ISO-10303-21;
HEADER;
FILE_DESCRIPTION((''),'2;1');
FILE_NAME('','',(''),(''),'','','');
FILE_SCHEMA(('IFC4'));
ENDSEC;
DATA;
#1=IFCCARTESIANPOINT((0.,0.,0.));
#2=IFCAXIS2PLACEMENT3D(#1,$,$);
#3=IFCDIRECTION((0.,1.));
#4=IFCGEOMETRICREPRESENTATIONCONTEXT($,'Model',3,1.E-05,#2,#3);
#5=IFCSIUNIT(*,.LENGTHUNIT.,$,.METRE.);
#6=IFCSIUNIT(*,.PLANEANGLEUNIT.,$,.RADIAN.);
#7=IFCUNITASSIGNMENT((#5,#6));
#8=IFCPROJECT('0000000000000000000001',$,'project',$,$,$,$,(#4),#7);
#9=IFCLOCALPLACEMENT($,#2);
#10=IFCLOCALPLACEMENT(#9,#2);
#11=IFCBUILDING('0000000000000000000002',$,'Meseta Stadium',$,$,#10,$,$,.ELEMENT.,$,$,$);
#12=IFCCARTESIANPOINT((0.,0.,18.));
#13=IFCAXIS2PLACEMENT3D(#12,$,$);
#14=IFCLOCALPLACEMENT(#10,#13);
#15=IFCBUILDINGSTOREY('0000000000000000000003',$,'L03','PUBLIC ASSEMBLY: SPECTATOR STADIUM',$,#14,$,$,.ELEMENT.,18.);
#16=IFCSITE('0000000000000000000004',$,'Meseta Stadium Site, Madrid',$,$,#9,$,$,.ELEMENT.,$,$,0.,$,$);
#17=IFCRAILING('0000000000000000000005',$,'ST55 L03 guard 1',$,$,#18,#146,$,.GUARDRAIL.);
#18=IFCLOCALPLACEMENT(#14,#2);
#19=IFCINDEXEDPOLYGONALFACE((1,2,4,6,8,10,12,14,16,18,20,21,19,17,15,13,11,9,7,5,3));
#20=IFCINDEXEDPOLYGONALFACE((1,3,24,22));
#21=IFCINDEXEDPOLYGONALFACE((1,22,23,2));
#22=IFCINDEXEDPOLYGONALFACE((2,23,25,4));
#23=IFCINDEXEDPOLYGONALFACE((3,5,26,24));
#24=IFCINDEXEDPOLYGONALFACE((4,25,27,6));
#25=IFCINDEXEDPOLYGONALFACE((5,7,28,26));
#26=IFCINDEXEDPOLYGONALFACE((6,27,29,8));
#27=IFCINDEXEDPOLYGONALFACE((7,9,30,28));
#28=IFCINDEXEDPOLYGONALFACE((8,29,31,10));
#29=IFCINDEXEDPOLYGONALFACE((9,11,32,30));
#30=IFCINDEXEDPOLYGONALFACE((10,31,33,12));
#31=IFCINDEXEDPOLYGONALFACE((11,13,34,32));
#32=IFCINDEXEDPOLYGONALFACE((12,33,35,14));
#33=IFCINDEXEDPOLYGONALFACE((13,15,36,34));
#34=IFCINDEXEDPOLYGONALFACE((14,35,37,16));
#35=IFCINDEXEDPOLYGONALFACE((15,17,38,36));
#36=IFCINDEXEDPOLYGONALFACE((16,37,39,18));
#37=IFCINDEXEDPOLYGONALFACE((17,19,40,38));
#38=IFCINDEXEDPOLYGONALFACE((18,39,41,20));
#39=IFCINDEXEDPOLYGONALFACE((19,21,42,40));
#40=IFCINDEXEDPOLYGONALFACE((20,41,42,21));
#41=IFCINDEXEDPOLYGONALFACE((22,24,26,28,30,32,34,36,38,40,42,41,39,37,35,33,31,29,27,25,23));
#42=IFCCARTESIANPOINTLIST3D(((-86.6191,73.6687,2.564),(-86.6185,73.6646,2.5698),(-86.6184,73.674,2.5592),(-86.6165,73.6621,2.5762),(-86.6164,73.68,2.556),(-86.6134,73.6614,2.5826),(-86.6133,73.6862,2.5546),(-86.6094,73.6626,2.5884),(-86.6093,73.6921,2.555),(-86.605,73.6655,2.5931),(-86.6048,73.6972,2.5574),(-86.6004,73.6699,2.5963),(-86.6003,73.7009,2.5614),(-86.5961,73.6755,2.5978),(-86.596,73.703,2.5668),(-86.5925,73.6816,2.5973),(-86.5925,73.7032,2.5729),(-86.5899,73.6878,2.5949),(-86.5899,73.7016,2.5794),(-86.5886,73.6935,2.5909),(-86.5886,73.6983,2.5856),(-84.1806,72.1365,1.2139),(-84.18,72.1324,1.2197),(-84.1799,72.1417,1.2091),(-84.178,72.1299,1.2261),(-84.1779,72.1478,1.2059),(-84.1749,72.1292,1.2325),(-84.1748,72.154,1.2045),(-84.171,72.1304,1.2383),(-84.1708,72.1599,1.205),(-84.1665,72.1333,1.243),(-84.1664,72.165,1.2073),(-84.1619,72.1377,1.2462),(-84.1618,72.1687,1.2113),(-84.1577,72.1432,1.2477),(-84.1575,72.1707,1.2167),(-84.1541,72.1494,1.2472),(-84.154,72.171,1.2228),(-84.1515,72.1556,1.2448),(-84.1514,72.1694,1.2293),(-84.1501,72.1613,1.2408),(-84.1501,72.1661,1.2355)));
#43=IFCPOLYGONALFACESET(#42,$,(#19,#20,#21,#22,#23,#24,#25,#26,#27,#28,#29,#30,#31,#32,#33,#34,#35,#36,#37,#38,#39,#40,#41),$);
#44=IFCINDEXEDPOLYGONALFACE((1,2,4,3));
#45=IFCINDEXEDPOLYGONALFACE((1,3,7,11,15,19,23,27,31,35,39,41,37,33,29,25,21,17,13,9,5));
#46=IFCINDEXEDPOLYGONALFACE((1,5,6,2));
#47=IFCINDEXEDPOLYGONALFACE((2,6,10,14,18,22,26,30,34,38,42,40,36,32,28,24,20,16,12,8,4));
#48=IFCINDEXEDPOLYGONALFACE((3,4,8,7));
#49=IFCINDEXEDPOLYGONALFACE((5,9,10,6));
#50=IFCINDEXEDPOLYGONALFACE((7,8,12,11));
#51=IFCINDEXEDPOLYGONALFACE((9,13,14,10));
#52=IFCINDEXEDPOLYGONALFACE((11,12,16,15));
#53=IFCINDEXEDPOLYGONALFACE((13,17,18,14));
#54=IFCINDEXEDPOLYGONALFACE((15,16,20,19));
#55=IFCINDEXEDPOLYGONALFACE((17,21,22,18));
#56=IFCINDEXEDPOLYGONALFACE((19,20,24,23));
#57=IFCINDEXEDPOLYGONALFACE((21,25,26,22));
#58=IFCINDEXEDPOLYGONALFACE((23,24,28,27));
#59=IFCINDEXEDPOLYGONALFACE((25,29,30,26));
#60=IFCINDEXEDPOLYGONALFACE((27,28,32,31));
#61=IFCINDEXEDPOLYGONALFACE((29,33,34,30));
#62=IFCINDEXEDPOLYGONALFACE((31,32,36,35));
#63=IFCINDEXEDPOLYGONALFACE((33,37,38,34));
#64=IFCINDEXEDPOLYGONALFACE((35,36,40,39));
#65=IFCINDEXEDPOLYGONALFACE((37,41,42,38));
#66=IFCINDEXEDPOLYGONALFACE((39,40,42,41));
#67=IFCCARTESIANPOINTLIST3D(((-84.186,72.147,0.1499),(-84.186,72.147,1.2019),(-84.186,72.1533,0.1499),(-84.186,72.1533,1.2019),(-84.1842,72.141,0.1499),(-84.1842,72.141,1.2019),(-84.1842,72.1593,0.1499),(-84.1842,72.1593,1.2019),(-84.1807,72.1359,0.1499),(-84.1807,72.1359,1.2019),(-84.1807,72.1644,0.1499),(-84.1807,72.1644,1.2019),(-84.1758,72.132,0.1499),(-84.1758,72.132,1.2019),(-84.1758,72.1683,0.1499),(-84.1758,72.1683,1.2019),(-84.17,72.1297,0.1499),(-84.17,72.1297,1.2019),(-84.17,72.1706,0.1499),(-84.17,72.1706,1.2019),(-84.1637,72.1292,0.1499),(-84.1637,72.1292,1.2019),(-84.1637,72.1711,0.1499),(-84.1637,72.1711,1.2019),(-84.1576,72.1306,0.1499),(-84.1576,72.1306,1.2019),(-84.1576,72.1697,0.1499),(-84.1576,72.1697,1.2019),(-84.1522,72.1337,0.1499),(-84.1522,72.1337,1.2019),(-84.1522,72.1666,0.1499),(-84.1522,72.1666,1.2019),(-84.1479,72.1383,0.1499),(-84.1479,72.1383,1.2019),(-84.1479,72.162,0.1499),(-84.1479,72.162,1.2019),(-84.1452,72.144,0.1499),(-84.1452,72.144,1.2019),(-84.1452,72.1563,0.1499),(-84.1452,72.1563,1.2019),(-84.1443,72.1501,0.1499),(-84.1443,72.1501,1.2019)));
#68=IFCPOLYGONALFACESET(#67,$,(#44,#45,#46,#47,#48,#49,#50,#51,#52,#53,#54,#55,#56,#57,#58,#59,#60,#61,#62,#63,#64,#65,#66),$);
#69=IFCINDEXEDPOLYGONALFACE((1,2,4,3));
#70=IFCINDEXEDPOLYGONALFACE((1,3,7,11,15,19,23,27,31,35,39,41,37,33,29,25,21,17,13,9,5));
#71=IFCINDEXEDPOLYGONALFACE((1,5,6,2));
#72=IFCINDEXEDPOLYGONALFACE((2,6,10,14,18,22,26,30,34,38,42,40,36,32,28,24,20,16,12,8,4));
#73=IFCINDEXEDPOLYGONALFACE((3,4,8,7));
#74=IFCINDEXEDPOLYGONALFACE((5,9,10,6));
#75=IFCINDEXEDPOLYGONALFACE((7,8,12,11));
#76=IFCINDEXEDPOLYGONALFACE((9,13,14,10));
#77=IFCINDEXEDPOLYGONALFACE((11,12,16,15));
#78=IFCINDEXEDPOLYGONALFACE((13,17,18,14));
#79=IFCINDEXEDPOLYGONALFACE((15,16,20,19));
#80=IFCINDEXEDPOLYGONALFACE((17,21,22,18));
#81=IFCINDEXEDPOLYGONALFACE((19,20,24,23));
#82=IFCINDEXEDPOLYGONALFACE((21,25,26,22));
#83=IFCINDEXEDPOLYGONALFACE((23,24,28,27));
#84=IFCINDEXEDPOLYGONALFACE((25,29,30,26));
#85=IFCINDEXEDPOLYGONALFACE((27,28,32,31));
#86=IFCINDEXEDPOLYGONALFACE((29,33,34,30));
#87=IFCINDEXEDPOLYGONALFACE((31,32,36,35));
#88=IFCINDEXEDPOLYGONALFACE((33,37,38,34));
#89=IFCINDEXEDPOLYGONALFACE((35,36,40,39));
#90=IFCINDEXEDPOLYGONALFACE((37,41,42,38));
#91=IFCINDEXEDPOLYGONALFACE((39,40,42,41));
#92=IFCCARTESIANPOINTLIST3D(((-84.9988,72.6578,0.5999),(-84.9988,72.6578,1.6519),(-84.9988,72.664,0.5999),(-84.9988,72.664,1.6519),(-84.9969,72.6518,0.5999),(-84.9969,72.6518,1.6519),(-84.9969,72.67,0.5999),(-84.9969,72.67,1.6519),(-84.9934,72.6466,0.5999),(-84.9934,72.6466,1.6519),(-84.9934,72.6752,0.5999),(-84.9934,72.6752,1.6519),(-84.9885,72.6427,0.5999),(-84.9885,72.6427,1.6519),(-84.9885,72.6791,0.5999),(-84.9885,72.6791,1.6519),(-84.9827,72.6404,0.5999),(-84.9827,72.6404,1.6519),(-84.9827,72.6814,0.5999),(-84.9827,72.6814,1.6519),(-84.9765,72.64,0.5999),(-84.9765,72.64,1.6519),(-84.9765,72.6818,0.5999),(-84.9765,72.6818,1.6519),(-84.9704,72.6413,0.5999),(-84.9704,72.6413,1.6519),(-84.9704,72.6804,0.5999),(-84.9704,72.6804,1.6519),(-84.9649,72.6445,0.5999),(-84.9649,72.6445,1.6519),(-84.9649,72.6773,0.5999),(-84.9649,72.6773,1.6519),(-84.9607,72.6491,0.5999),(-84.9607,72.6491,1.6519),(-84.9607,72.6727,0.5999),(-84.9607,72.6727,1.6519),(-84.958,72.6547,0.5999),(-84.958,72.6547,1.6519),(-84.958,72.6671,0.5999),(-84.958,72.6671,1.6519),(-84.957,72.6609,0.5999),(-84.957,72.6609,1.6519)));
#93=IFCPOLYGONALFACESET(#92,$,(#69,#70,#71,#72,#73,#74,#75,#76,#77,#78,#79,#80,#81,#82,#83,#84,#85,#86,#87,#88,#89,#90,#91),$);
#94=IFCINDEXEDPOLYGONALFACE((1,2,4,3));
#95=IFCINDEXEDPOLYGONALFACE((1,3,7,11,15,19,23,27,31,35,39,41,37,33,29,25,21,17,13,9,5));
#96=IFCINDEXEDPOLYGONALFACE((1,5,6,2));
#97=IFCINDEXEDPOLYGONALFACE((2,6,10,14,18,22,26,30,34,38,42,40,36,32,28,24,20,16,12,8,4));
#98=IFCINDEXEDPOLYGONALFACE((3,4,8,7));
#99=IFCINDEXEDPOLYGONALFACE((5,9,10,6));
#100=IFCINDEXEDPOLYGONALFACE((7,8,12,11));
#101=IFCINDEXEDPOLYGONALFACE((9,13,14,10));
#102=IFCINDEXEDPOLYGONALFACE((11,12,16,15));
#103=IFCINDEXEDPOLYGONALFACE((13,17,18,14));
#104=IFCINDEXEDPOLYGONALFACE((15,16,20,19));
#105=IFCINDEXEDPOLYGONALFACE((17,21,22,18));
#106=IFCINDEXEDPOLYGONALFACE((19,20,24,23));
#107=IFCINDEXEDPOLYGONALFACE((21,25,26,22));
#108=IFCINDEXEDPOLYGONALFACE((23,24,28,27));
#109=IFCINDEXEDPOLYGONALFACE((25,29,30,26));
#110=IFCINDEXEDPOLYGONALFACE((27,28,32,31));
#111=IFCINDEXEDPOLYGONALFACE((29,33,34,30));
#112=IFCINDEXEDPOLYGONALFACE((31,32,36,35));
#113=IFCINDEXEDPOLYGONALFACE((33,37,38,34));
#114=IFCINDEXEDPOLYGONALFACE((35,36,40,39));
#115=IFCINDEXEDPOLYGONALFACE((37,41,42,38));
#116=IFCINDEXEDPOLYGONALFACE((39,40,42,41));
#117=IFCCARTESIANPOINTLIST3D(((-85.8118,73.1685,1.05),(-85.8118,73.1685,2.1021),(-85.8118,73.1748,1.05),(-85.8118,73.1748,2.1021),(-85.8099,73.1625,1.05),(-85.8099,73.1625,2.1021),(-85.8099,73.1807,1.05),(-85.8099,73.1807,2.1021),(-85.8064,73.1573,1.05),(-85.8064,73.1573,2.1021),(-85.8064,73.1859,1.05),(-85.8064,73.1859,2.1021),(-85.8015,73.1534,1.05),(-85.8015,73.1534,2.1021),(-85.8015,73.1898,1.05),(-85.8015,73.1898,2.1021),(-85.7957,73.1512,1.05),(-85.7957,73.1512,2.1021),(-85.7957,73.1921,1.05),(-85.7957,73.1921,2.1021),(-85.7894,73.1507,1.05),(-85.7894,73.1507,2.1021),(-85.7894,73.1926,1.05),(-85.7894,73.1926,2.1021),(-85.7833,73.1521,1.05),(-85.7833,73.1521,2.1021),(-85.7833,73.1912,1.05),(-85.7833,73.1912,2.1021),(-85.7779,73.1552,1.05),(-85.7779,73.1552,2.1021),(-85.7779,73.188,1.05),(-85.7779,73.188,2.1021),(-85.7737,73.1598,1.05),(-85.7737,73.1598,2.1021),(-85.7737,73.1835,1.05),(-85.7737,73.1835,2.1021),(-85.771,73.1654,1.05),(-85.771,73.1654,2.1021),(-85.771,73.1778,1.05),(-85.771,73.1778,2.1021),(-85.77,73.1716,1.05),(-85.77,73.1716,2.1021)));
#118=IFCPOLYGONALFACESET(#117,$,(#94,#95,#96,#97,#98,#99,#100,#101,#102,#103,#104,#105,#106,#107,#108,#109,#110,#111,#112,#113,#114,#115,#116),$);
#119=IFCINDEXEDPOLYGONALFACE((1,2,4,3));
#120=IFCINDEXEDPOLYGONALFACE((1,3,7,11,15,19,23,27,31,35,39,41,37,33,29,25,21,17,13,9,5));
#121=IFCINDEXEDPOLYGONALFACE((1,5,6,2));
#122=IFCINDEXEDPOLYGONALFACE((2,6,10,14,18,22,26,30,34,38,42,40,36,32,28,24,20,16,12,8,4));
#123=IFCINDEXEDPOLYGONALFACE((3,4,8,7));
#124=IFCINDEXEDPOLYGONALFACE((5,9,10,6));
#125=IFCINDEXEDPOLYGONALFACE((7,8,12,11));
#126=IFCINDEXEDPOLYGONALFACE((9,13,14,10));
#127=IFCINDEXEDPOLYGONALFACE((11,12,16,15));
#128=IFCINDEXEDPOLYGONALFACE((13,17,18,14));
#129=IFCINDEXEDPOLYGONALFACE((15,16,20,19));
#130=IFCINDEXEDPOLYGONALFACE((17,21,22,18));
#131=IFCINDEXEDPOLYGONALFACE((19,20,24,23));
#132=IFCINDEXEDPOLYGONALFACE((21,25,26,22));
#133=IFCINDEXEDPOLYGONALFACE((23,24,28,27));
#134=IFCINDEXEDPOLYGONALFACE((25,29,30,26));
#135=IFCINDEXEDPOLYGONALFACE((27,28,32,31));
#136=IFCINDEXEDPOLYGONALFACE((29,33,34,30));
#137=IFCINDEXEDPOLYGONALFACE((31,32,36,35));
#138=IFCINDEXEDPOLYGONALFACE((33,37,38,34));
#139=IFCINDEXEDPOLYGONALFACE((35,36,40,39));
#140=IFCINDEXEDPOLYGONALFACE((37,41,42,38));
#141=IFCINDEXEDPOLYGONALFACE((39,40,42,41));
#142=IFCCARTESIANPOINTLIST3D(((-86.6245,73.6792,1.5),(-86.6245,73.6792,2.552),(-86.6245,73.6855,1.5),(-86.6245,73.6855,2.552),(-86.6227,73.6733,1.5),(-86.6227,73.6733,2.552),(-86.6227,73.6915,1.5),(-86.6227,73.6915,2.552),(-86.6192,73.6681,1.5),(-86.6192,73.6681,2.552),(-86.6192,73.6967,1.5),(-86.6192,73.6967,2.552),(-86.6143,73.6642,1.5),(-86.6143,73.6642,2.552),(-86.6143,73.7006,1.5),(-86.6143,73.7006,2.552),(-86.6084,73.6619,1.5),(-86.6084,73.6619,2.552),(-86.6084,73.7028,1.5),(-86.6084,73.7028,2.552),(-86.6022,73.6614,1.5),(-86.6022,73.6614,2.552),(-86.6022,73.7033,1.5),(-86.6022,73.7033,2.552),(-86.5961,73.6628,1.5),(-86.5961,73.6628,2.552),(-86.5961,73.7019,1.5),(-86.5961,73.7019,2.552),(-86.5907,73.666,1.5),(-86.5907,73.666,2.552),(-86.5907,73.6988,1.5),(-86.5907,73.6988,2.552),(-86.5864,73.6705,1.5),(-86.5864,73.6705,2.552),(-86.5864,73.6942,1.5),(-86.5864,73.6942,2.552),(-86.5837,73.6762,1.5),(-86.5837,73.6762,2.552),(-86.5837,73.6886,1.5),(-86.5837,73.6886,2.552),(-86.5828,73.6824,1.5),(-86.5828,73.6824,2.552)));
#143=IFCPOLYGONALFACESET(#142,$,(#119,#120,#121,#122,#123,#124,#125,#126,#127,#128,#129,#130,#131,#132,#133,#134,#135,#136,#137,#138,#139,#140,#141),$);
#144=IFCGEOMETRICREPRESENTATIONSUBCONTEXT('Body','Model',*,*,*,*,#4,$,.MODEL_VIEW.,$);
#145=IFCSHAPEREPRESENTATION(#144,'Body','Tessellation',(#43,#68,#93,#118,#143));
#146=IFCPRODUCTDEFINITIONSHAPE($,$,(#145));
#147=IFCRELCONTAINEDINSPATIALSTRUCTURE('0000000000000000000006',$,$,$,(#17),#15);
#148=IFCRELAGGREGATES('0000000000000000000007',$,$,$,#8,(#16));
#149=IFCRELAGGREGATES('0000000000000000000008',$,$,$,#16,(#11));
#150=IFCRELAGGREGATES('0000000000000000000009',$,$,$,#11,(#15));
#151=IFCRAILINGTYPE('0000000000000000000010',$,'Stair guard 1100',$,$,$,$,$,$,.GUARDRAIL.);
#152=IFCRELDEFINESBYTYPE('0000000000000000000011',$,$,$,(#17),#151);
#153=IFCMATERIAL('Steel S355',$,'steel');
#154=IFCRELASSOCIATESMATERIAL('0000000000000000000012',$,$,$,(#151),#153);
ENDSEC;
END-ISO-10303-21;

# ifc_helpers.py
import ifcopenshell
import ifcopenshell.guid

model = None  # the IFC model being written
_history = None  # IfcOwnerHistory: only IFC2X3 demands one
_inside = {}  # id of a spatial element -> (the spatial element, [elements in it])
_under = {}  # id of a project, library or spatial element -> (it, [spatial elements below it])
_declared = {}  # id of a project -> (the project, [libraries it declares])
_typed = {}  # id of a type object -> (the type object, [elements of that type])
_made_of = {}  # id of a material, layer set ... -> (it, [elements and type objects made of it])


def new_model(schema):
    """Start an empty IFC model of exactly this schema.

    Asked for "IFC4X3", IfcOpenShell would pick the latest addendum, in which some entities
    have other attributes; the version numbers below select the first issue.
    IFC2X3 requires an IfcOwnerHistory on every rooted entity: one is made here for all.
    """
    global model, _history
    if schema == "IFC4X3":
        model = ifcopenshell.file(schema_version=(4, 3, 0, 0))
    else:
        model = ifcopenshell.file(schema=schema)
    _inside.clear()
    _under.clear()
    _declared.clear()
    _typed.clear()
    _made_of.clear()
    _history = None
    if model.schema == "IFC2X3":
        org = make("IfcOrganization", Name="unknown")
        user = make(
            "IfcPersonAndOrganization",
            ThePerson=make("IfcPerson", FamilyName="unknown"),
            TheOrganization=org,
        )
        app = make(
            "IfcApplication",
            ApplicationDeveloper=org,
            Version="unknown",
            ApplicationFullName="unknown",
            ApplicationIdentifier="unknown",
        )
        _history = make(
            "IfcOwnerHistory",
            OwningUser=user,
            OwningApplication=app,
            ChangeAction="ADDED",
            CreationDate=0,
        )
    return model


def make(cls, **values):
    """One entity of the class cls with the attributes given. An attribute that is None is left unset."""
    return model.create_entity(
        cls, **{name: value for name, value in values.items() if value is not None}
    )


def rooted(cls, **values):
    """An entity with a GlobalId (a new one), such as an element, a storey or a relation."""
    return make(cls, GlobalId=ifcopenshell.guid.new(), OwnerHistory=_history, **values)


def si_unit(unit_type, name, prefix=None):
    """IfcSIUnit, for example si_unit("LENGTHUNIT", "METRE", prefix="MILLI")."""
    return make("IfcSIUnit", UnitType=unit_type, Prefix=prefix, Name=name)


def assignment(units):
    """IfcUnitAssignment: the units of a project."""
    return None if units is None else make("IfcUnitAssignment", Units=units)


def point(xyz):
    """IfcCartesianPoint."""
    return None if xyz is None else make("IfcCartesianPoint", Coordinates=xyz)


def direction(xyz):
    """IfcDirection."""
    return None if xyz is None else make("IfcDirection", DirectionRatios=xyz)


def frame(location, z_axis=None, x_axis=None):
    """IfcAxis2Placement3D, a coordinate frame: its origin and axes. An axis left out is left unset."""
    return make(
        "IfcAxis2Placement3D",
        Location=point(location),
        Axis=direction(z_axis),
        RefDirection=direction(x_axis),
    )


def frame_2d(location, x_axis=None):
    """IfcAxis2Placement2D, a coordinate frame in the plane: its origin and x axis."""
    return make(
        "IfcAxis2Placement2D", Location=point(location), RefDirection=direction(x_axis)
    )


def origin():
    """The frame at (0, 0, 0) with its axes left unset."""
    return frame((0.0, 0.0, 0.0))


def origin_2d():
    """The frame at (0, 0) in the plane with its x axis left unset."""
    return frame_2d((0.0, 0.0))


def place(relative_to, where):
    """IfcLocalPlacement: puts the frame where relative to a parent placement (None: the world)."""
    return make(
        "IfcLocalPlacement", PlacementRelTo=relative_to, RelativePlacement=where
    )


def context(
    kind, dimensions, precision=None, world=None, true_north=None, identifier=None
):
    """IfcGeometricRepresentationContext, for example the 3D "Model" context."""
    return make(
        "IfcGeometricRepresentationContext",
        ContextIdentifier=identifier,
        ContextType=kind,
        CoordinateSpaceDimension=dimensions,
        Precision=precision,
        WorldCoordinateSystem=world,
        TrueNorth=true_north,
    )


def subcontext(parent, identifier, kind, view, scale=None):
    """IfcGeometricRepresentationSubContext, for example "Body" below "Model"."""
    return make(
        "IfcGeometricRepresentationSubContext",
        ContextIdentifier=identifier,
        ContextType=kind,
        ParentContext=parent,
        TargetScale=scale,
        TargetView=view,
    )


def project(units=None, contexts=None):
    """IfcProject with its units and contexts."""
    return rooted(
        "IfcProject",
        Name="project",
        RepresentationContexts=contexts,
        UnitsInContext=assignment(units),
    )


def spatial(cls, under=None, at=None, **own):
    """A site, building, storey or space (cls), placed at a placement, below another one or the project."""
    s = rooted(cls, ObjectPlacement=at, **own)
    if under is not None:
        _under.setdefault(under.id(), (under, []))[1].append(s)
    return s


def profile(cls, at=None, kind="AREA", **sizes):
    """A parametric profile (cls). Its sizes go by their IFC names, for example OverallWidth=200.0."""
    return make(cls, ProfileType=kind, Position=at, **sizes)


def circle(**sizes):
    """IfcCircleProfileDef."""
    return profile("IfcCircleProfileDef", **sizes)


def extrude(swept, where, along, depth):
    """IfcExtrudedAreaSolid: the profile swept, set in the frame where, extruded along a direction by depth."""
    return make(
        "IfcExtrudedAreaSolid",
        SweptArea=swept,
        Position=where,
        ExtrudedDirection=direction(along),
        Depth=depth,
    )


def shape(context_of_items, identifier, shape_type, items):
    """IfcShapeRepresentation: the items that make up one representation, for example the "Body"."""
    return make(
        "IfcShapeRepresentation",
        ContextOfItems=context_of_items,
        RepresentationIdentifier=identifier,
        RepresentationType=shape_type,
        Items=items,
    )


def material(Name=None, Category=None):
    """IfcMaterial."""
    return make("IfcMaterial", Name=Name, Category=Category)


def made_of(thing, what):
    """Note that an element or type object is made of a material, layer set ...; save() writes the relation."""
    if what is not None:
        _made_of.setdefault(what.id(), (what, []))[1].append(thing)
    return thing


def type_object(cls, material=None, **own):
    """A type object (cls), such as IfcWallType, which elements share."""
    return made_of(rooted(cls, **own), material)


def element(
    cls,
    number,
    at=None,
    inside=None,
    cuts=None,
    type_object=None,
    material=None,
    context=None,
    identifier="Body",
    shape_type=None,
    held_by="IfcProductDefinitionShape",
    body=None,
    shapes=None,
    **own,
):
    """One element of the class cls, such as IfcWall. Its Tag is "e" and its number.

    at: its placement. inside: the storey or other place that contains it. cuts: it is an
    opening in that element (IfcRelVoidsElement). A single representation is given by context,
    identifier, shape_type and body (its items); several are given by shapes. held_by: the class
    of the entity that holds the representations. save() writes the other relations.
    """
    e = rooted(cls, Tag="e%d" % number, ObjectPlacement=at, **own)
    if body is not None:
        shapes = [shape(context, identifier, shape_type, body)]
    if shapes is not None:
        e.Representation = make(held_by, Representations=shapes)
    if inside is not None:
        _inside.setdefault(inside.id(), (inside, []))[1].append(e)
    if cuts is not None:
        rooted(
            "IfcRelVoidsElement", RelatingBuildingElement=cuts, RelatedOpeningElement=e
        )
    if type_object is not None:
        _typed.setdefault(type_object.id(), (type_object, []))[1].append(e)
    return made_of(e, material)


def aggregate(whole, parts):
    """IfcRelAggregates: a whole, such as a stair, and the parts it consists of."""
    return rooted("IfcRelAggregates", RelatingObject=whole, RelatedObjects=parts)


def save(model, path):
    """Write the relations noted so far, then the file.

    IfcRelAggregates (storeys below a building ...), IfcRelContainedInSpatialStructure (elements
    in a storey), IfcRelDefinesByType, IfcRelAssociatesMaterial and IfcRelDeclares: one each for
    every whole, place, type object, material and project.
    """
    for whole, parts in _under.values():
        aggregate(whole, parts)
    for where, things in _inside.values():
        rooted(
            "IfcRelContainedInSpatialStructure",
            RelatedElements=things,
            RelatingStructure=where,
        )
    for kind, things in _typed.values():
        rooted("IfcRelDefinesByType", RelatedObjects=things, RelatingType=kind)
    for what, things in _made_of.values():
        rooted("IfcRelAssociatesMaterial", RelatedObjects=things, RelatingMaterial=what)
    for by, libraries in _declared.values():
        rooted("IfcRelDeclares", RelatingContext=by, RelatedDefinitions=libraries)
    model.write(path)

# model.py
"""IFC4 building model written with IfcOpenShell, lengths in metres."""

from ifc_helpers import new_model, si_unit, direction, frame, origin, origin_2d, place, context, subcontext, project, spatial, circle, extrude, material, type_object, element, save


model = new_model("IFC4")

# Units and contexts
model_context = context("Model", 3, precision=1e-05, world=origin(), true_north=direction((0.0, 1.0)))
body_context = subcontext(model_context, "Body", "Model", "MODEL_VIEW")
ifc_project = project(units=[si_unit("LENGTHUNIT", "METRE"), si_unit("PLANEANGLEUNIT", "RADIAN")], contexts=[model_context])

# Site, building, storey
site_placement = place(None, origin())
site = spatial("IfcSite", under=ifc_project, at=site_placement, Name="Meseta Stadium Site, Madrid", CompositionType="ELEMENT", RefElevation=0.0)
building_placement = place(site_placement, origin())
building = spatial("IfcBuilding", under=site, at=building_placement, Name="Meseta Stadium", CompositionType="ELEMENT")
storey_placement = place(building_placement, frame((0.0, 0.0, 18.0)))
storey = spatial("IfcBuildingStorey", under=building, at=storey_placement, Name="L03", Description="PUBLIC ASSEMBLY: SPECTATOR STADIUM", CompositionType="ELEMENT", Elevation=18.0)

# Railing
ifc_material_1 = material(Name="Steel S355", Category="steel")
railing_type_1 = type_object("IfcRailingType", Name="Stair guard 1100", PredefinedType="GUARDRAIL", material=ifc_material_1)
railing_1_placement = place(storey_placement, frame((-84.1653, 72.1501, 0.1499)))
element("IfcRailing", 1, at=railing_1_placement, inside=storey, type_object=railing_type_1, Name="ST55 L03 guard 1", PredefinedType="GUARDRAIL", context=body_context, shape_type="SweptSolid", body=[
    extrude(circle(Radius=0.0239, at=origin_2d()), frame((0.0, 0.0, 1.0762), z_axis=(-0.766655, 0.481731, 0.42447), x_axis=(-0.53204, -0.846719, 0.0)), (0.0, 0.0, 1.0), 3.1807),
    extrude(circle(Radius=0.021, at=origin_2d()), origin(), (0.0, 0.0, 1.0), 1.052),
    extrude(circle(Radius=0.021, at=origin_2d()), frame((-0.8127, 0.5107, 0.45)), (0.0, 0.0, 1.0), 1.052),
    extrude(circle(Radius=0.021, at=origin_2d()), frame((-1.6257, 1.0215, 0.9001)), (0.0, 0.0, 1.0), 1.052),
    extrude(circle(Radius=0.021, at=origin_2d()), frame((-2.4385, 1.5322, 1.3501)), (0.0, 0.0, 1.0), 1.052),
])

save(model, "model.ifc")
